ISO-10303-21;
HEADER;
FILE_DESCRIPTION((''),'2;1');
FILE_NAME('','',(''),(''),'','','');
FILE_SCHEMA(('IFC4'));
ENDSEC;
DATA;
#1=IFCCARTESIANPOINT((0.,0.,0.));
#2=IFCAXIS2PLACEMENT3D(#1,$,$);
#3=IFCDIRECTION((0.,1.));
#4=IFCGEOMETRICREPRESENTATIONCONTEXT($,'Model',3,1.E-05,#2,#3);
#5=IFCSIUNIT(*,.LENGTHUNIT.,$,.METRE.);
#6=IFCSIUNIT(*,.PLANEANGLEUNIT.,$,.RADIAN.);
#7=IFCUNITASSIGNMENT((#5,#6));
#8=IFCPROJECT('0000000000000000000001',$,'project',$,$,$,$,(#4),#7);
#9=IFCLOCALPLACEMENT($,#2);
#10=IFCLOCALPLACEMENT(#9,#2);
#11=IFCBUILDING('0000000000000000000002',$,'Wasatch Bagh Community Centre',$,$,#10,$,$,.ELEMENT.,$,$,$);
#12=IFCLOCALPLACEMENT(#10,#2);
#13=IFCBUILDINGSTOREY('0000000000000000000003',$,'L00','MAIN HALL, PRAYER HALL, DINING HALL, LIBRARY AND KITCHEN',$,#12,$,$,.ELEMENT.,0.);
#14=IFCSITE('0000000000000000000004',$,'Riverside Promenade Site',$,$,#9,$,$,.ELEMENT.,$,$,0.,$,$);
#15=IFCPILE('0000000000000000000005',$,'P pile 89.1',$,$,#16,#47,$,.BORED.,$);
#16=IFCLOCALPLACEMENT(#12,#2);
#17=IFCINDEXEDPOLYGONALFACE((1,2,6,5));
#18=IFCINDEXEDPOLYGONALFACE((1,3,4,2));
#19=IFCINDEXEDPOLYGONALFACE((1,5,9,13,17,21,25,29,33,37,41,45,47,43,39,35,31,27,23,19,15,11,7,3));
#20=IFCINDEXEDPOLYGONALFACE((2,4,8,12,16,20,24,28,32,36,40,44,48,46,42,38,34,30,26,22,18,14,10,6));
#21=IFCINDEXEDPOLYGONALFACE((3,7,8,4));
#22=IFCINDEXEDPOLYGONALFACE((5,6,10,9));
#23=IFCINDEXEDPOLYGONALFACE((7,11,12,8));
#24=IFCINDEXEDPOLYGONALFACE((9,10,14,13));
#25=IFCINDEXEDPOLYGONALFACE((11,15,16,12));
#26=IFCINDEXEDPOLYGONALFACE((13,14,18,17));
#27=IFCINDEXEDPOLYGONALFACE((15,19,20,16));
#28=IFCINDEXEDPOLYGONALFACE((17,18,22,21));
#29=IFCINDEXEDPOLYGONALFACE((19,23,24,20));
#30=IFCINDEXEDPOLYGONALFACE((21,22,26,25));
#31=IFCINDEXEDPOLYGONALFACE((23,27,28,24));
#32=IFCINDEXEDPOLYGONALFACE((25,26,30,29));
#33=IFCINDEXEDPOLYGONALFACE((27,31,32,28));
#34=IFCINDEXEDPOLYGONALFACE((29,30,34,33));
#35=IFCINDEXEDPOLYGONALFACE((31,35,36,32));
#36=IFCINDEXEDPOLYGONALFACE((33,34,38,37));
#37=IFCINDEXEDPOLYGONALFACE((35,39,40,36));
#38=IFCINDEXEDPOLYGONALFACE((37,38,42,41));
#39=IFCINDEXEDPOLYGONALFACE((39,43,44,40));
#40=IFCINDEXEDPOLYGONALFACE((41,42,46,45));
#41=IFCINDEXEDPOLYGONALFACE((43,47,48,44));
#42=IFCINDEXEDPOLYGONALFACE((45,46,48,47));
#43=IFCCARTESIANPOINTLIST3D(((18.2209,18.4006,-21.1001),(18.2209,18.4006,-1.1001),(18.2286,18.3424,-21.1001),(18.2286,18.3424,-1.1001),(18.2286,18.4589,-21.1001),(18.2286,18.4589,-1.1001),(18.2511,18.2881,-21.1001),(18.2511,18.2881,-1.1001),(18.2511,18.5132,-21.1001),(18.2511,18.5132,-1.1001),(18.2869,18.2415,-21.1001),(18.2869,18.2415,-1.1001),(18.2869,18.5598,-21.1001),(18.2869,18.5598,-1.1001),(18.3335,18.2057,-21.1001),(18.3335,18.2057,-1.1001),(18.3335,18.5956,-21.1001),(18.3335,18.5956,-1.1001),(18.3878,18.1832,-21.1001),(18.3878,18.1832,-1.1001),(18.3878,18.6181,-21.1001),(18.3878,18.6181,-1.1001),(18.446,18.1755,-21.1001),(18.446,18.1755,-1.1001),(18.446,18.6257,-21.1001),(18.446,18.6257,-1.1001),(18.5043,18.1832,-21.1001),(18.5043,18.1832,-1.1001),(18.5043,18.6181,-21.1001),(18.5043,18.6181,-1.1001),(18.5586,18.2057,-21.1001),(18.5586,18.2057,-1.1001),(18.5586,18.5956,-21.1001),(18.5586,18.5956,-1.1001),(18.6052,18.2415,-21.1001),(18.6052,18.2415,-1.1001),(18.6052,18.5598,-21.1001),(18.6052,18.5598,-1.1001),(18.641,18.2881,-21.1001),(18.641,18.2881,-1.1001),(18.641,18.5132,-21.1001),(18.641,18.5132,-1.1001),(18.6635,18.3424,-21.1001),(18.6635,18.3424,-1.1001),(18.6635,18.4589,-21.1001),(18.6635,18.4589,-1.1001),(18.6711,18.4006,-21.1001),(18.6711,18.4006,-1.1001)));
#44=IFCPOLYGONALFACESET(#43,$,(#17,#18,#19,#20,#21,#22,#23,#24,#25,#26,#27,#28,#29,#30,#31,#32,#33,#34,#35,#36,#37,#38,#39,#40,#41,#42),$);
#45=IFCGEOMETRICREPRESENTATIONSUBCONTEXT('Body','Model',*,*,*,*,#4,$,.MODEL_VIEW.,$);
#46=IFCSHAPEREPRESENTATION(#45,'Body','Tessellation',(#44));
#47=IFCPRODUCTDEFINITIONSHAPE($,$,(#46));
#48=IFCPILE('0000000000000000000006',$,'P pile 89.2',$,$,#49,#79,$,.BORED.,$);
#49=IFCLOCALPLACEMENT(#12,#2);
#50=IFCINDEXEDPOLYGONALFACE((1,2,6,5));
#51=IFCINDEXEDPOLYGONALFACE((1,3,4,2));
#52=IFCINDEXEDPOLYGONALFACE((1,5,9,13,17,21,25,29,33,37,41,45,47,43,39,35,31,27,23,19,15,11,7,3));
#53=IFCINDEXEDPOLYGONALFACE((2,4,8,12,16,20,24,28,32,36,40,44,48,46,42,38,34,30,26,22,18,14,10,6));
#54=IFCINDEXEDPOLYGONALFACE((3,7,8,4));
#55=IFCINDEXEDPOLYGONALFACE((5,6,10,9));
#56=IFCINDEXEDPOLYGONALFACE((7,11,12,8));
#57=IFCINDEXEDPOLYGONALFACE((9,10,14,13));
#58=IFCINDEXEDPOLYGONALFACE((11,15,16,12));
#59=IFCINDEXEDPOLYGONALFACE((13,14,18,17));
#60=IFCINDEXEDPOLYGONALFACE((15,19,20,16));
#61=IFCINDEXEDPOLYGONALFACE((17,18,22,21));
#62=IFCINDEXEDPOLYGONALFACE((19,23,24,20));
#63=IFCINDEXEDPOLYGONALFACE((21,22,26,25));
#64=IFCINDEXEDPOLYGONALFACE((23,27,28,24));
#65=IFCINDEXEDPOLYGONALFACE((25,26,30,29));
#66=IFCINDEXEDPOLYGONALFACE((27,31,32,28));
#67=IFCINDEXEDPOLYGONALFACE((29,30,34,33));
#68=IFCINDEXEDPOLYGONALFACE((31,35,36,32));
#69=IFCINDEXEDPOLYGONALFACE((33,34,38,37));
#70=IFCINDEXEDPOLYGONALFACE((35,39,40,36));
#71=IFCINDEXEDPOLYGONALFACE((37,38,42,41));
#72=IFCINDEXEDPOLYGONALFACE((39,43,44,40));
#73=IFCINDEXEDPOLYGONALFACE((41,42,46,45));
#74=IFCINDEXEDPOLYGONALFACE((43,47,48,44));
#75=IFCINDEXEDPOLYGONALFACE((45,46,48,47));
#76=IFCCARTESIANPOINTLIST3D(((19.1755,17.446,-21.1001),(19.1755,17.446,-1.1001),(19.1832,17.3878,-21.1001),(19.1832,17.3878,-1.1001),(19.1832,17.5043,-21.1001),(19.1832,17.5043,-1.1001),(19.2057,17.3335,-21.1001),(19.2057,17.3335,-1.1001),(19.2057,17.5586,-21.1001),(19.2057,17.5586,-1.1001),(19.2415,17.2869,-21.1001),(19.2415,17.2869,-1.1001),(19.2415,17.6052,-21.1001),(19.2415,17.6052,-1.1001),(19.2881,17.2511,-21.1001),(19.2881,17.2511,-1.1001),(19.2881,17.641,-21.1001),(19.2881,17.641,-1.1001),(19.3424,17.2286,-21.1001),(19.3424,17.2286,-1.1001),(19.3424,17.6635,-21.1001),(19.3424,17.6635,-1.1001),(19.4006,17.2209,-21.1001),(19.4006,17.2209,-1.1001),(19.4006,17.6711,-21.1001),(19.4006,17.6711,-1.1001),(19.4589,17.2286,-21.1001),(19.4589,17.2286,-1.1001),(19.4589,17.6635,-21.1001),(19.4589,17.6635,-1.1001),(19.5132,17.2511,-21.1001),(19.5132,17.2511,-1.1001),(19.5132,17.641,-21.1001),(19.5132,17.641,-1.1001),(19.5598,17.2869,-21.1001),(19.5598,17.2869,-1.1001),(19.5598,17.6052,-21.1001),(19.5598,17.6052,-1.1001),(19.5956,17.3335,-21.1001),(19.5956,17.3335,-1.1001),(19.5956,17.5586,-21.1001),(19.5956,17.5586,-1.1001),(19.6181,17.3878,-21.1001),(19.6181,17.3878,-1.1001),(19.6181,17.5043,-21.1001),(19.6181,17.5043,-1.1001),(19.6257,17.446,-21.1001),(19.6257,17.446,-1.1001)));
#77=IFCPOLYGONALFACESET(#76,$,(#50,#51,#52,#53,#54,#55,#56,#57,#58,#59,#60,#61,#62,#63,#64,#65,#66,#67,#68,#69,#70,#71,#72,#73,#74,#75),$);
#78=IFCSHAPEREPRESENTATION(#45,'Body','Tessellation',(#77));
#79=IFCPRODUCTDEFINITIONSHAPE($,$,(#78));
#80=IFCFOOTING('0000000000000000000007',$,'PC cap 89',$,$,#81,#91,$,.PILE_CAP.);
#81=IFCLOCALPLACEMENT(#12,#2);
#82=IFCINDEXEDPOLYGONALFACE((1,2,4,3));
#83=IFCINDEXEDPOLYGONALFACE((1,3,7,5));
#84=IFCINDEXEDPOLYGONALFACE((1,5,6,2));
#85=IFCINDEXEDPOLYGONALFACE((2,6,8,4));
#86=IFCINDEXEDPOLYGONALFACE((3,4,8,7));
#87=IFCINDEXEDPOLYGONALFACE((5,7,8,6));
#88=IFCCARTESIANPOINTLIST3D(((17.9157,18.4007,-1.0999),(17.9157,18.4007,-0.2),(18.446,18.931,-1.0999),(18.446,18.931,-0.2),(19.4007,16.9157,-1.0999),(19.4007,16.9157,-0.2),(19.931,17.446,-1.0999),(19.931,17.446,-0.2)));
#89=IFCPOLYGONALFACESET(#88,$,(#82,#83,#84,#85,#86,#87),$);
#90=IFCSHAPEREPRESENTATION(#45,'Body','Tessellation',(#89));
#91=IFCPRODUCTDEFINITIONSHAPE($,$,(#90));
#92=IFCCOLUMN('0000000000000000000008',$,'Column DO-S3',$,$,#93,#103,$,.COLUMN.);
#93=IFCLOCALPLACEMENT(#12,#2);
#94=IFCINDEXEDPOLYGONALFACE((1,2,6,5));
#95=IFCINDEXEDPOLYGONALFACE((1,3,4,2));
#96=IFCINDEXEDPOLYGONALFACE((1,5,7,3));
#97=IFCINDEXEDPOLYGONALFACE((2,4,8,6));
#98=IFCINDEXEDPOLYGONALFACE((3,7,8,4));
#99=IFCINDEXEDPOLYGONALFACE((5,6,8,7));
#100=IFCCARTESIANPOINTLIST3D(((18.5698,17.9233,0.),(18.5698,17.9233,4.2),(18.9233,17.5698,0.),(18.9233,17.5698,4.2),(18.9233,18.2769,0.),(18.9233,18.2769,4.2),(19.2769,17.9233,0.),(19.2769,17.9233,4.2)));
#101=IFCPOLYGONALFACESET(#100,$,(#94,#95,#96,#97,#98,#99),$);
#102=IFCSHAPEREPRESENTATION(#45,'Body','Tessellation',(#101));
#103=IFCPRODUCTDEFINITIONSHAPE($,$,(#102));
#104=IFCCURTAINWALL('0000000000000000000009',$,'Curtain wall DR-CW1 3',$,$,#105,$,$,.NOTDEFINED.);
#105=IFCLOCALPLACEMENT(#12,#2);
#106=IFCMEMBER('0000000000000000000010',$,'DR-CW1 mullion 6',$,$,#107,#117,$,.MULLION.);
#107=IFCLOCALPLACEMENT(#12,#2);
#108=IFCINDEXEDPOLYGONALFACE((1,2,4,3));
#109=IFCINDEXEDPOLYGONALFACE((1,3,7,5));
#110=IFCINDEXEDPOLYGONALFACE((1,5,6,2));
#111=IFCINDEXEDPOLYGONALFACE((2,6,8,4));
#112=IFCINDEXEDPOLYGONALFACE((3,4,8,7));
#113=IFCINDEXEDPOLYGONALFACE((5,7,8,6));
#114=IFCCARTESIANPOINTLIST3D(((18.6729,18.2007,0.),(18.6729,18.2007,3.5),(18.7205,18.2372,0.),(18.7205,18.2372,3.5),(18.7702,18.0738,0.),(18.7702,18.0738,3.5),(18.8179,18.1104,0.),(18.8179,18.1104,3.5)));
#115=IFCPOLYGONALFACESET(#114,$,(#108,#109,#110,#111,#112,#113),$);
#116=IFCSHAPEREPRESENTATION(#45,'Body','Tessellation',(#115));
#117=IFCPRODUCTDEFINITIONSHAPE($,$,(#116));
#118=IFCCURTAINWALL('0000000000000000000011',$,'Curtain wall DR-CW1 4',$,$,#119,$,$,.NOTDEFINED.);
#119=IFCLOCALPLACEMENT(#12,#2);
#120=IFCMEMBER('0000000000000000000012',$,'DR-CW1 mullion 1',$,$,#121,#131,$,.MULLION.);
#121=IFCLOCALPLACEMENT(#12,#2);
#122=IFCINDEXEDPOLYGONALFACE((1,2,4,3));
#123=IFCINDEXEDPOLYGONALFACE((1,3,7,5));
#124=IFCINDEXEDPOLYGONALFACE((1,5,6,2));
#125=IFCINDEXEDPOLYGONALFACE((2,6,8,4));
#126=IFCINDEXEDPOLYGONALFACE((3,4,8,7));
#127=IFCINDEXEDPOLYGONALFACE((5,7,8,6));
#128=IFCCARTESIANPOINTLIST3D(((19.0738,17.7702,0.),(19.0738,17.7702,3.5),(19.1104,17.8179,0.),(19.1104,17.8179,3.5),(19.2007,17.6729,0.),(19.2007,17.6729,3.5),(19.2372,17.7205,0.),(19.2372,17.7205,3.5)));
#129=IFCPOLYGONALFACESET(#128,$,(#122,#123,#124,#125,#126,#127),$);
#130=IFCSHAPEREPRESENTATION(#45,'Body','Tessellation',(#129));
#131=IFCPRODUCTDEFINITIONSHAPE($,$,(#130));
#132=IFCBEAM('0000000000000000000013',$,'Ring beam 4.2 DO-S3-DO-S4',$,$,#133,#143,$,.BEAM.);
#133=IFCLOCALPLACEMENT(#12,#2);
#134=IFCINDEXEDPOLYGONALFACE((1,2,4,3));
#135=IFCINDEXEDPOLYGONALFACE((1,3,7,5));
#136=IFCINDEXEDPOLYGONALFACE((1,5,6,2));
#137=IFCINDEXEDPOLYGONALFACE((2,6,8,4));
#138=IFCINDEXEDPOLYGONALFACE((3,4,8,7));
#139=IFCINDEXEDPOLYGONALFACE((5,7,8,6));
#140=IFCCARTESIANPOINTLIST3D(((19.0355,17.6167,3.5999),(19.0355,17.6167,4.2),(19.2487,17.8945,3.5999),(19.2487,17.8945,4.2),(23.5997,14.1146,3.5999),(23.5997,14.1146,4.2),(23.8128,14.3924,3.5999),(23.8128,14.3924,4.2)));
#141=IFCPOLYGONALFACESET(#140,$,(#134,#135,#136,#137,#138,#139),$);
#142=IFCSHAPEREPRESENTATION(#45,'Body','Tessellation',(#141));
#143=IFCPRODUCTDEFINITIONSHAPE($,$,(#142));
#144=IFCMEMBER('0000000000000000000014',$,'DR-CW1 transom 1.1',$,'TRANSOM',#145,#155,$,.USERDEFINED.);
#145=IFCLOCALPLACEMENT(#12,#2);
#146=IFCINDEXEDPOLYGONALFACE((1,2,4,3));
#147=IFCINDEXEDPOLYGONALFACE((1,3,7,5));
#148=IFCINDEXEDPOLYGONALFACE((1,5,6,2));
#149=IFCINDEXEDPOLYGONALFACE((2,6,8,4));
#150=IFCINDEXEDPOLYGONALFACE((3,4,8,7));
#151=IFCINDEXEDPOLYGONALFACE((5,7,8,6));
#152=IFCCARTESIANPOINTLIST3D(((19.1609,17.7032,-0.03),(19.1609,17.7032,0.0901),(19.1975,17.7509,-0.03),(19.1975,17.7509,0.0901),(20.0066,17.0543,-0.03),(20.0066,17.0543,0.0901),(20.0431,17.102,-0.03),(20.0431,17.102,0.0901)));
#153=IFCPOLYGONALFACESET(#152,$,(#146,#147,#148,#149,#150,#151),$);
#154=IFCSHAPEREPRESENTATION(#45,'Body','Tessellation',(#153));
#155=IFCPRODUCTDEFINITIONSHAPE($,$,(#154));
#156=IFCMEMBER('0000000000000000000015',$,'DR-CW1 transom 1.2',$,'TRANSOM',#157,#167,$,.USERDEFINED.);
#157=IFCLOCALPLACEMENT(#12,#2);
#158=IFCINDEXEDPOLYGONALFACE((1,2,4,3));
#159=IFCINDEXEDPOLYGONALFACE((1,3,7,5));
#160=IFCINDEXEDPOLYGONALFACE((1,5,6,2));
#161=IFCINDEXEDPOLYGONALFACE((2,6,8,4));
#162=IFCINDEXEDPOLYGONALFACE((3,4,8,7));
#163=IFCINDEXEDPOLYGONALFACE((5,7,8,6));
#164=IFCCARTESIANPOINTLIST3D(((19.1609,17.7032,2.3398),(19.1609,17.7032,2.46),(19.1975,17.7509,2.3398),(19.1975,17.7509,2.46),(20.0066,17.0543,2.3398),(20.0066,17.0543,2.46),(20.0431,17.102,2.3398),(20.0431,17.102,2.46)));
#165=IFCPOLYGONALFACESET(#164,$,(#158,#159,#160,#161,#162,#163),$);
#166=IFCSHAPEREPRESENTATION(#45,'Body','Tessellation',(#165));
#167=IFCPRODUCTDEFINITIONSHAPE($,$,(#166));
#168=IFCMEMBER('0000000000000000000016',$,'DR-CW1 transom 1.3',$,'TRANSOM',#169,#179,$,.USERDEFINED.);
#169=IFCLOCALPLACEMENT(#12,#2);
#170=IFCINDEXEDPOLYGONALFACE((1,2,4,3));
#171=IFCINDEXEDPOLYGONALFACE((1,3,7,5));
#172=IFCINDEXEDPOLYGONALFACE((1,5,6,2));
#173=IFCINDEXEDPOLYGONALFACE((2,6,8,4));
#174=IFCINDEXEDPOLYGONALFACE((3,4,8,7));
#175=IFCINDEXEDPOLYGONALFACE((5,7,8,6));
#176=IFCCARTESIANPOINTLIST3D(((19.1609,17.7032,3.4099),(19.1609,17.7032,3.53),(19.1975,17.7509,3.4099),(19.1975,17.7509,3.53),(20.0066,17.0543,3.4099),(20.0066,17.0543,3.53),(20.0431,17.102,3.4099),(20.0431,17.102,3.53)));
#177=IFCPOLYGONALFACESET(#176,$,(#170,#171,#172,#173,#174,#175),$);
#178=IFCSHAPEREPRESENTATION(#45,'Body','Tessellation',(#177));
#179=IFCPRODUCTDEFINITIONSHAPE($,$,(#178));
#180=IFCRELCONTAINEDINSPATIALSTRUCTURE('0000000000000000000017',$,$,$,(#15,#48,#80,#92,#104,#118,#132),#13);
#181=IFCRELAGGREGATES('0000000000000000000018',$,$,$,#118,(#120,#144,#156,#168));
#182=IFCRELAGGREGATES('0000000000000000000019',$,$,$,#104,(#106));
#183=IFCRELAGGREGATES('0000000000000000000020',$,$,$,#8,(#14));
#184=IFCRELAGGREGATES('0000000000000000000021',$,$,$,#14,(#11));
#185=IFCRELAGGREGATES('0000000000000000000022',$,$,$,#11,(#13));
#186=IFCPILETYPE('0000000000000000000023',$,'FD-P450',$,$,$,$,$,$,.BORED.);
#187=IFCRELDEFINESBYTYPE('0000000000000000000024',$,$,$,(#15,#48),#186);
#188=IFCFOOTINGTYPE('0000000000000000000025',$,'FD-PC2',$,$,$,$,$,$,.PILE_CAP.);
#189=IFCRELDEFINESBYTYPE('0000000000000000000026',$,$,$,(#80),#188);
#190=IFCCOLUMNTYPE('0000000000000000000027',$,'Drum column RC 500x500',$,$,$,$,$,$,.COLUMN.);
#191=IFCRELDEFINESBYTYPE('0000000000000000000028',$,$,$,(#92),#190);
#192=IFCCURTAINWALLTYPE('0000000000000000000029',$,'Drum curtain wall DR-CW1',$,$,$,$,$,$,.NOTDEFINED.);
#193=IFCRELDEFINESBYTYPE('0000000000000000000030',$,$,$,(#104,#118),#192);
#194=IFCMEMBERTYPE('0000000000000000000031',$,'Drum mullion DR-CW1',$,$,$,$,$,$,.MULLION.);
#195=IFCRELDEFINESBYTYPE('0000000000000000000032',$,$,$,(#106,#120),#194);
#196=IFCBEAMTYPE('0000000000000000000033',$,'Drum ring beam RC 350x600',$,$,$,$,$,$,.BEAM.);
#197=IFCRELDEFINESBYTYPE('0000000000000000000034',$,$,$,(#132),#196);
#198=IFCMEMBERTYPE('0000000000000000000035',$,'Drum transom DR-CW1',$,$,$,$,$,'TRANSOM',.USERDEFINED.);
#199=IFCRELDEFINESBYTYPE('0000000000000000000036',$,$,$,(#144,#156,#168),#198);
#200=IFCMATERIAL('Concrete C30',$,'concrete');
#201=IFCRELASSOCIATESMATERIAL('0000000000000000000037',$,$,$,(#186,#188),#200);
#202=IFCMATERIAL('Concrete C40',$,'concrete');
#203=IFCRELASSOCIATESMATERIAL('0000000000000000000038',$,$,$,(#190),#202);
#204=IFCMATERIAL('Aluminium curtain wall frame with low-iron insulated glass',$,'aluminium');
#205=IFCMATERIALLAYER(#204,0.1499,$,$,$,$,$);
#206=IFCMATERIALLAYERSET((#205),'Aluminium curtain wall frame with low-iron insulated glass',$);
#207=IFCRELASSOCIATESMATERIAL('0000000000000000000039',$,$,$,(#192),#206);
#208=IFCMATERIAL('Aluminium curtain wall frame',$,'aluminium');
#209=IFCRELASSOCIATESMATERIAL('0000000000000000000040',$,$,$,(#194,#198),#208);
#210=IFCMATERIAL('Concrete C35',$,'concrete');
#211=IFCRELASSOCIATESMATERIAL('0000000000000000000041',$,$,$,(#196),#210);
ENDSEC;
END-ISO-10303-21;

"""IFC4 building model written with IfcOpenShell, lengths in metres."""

from ifc_helpers import new_model, si_unit, direction, frame, origin, origin_2d, place, context, subcontext, project, spatial, rectangle, circle, extrude, material, layer, layer_set, material_profile, profile_set, type_object, element, aggregate, save


model = new_model("IFC4")

# Units and contexts
model_context = context("Model", 3, precision=1e-05, world=origin(), true_north=direction((0.0, 1.0)))
body_context = subcontext(model_context, "Body", "Model", "MODEL_VIEW")
ifc_project = project(units=[si_unit("LENGTHUNIT", "METRE"), si_unit("PLANEANGLEUNIT", "RADIAN")], contexts=[model_context])

# Site, building, storey
site_placement = place(None, origin())
site = spatial("IfcSite", under=ifc_project, at=site_placement, Name="Riverside Promenade Site", CompositionType="ELEMENT", RefElevation=0.0)
building_placement = place(site_placement, origin())
building = spatial("IfcBuilding", under=site, at=building_placement, Name="Wasatch Bagh Community Centre", CompositionType="ELEMENT")
storey_placement = place(building_placement, origin())
storey = spatial("IfcBuildingStorey", under=building, at=storey_placement, Name="L00", Description="MAIN HALL, PRAYER HALL, DINING HALL, LIBRARY AND KITCHEN", CompositionType="ELEMENT", Elevation=0.0)

# Piles
ifc_material_1 = material(Name="Concrete C30", Category="concrete")
ifc_material_profile_1 = material_profile(ifc_material_1, circle(Radius=0.2251, at=origin_2d()), Name="RC D450")
ifc_profile_set_1 = profile_set([ifc_material_profile_1], Name="Concrete C30")
pile_type = type_object("IfcPileType", Name="FD-P450", PredefinedType="BORED", material=ifc_profile_set_1)
for number, where, z_axis, x_axis, name in (
    (1, (18.446, 18.4006, -1.1001), (0.0, 0.0, -1.0), (1.0, 0.0, 0.0), "P pile 89.1"),
    (2, (19.4006, 17.446, -1.1001), (0.0, 0.0, -1.0), (1.0, 0.0, 0.0), "P pile 89.2"),
):
    element("IfcPile", number, at=place(storey_placement, frame(where, z_axis=z_axis, x_axis=x_axis)), inside=storey, type_object=pile_type, Name=name, PredefinedType="BORED", context=body_context, shape_type="SweptSolid", body=[
        extrude(circle(Radius=0.2251, at=origin_2d()), origin(), (0.0, 0.0, 1.0), 20.0),
    ])

# Footing
footing_type = type_object("IfcFootingType", Name="FD-PC2", PredefinedType="PILE_CAP", material=ifc_material_1)
footing_placement = place(storey_placement, frame((18.9233, 17.9233, -1.0999), z_axis=(0.0, 0.0, 1.0), x_axis=(0.707107, -0.707107, 0.0)))
element("IfcFooting", 3, at=footing_placement, inside=storey, type_object=footing_type, Name="PC cap 89", PredefinedType="PILE_CAP", context=body_context, shape_type="SweptSolid", body=[
    extrude(rectangle(XDim=2.1001, YDim=0.75, at=origin_2d()), origin(), (0.0, 0.0, 1.0), 0.8999),
])

# Column
ifc_material_2 = material(Name="Concrete C40", Category="concrete")
ifc_material_profile_2 = material_profile(ifc_material_2, rectangle(XDim=0.5, YDim=0.5, at=origin_2d()), Name="RC 500x500")
ifc_profile_set_2 = profile_set([ifc_material_profile_2], Name="Concrete C40")
column_type = type_object("IfcColumnType", Name="Drum column RC 500x500", PredefinedType="COLUMN", material=ifc_profile_set_2)
column_placement = place(storey_placement, frame((18.9233, 17.9233, 0.0), z_axis=(0.0, 0.0, 1.0), x_axis=(0.707107, 0.707107, 0.0)))
element("IfcColumn", 4, at=column_placement, inside=storey, type_object=column_type, Name="Column DO-S3", PredefinedType="COLUMN", context=body_context, shape_type="SweptSolid", body=[
    extrude(rectangle(XDim=0.5, YDim=0.5, at=origin_2d()), origin(), (0.0, 0.0, 1.0), 4.2),
])

# Curtain walls, members
ifc_material_3 = material(Name="Aluminium curtain wall frame with low-iron insulated glass", Category="aluminium")
ifc_layer_1 = layer(ifc_material_3, 0.1499)
ifc_layer_set_1 = layer_set([ifc_layer_1], Name="Aluminium curtain wall frame with low-iron insulated glass")
curtain_wall_type = type_object("IfcCurtainWallType", Name="Drum curtain wall DR-CW1", PredefinedType="NOTDEFINED", material=ifc_layer_set_1)
curtain_wall_1_placement = place(storey_placement, origin())
curtain_wall_1 = element("IfcCurtainWall", 5, at=curtain_wall_1_placement, inside=storey, type_object=curtain_wall_type, Name="Curtain wall DR-CW1 3", PredefinedType="NOTDEFINED")
ifc_material_4 = material(Name="Aluminium curtain wall frame", Category="aluminium")
ifc_material_profile_3 = material_profile(ifc_material_4, rectangle(XDim=0.0601, YDim=0.1599, at=origin_2d()), Name="Drum mullion DR-CW1")
ifc_profile_set_3 = profile_set([ifc_material_profile_3], Name="Aluminium curtain wall frame")
member_type_1 = type_object("IfcMemberType", Name="Drum mullion DR-CW1", PredefinedType="MULLION", material=ifc_profile_set_3)
member_1_placement = place(storey_placement, frame((18.7454, 18.1555, 0.0), z_axis=(0.0, 0.0, 1.0), x_axis=(0.793353, 0.608761, 0.0)))
member_1 = element("IfcMember", 6, at=member_1_placement, type_object=member_type_1, Name="DR-CW1 mullion 6", PredefinedType="MULLION", context=body_context, shape_type="SweptSolid", body=[
    extrude(rectangle(XDim=0.0601, YDim=0.1599, at=origin_2d()), origin(), (0.0, 0.0, 1.0), 3.5),
])
curtain_wall_2_placement = place(storey_placement, origin())
curtain_wall_2 = element("IfcCurtainWall", 7, at=curtain_wall_2_placement, inside=storey, type_object=curtain_wall_type, Name="Curtain wall DR-CW1 4", PredefinedType="NOTDEFINED")
member_2_placement = place(storey_placement, frame((19.1555, 17.7454, 0.0), z_axis=(0.0, 0.0, 1.0), x_axis=(0.608761, 0.793353, 0.0)))
member_2 = element("IfcMember", 8, at=member_2_placement, type_object=member_type_1, Name="DR-CW1 mullion 1", PredefinedType="MULLION", context=body_context, shape_type="SweptSolid", body=[
    extrude(rectangle(XDim=0.0601, YDim=0.1599, at=origin_2d()), origin(), (0.0, 0.0, 1.0), 3.5),
])

# Beam
ifc_material_5 = material(Name="Concrete C35", Category="concrete")
ifc_material_profile_4 = material_profile(ifc_material_5, rectangle(XDim=0.3501, YDim=0.6001, at=origin_2d()), Name="RC 350x600")
ifc_profile_set_4 = profile_set([ifc_material_profile_4], Name="Concrete C35")
beam_type = type_object("IfcBeamType", Name="Drum ring beam RC 350x600", PredefinedType="BEAM", material=ifc_profile_set_4)
beam_placement = place(storey_placement, frame((19.1421, 17.7556, 3.8999), z_axis=(0.793357, -0.608757, 0.0), x_axis=(0.608757, 0.793357, 0.0)))
element("IfcBeam", 9, at=beam_placement, inside=storey, type_object=beam_type, Name="Ring beam 4.2 DO-S3-DO-S4", PredefinedType="BEAM", context=body_context, shape_type="SweptSolid", body=[
    extrude(rectangle(XDim=0.3501, YDim=0.6001, at=origin_2d()), origin(), (0.0, 0.0, 1.0), 5.7529),
])

# Members
ifc_material_profile_5 = material_profile(ifc_material_4, rectangle(XDim=0.0601, YDim=0.1201, at=origin_2d()), Name="Drum transom DR-CW1")
ifc_profile_set_5 = profile_set([ifc_material_profile_5], Name="Aluminium curtain wall frame")
member_type_2 = type_object("IfcMemberType", Name="Drum transom DR-CW1", ElementType="TRANSOM", PredefinedType="USERDEFINED", material=ifc_profile_set_5)
member_3_placement = place(storey_placement, frame((19.1792, 17.7271, 0.03), z_axis=(0.793356, -0.608758, 0.0), x_axis=(0.608758, 0.793356, 0.0)))
member_3 = element("IfcMember", 10, at=member_3_placement, type_object=member_type_2, Name="DR-CW1 transom 1.1", ObjectType="TRANSOM", PredefinedType="USERDEFINED", context=body_context, shape_type="SweptSolid", body=[
    extrude(rectangle(XDim=0.0601, YDim=0.1201, at=origin_2d()), origin(), (0.0, 0.0, 1.0), 1.0659),
])
member_4_placement = place(storey_placement, frame((19.1792, 17.7271, 2.3999), z_axis=(0.793356, -0.608758, 0.0), x_axis=(0.608758, 0.793356, 0.0)))
member_4 = element("IfcMember", 11, at=member_4_placement, type_object=member_type_2, Name="DR-CW1 transom 1.2", ObjectType="TRANSOM", PredefinedType="USERDEFINED", context=body_context, shape_type="SweptSolid", body=[
    extrude(rectangle(XDim=0.0601, YDim=0.1201, at=origin_2d()), origin(), (0.0, 0.0, 1.0), 1.0659),
])
member_5_placement = place(storey_placement, frame((19.1792, 17.7271, 3.47), z_axis=(0.793356, -0.608758, 0.0), x_axis=(0.608758, 0.793356, 0.0)))
member_5 = element("IfcMember", 12, at=member_5_placement, type_object=member_type_2, Name="DR-CW1 transom 1.3", ObjectType="TRANSOM", PredefinedType="USERDEFINED", context=body_context, shape_type="SweptSolid", body=[
    extrude(rectangle(XDim=0.0601, YDim=0.1201, at=origin_2d()), origin(), (0.0, 0.0, 1.0), 1.0659),
])
aggregate(curtain_wall_2, [member_2, member_3, member_4, member_5])

aggregate(curtain_wall_1, [member_1])

save(model, "model.ifc")
